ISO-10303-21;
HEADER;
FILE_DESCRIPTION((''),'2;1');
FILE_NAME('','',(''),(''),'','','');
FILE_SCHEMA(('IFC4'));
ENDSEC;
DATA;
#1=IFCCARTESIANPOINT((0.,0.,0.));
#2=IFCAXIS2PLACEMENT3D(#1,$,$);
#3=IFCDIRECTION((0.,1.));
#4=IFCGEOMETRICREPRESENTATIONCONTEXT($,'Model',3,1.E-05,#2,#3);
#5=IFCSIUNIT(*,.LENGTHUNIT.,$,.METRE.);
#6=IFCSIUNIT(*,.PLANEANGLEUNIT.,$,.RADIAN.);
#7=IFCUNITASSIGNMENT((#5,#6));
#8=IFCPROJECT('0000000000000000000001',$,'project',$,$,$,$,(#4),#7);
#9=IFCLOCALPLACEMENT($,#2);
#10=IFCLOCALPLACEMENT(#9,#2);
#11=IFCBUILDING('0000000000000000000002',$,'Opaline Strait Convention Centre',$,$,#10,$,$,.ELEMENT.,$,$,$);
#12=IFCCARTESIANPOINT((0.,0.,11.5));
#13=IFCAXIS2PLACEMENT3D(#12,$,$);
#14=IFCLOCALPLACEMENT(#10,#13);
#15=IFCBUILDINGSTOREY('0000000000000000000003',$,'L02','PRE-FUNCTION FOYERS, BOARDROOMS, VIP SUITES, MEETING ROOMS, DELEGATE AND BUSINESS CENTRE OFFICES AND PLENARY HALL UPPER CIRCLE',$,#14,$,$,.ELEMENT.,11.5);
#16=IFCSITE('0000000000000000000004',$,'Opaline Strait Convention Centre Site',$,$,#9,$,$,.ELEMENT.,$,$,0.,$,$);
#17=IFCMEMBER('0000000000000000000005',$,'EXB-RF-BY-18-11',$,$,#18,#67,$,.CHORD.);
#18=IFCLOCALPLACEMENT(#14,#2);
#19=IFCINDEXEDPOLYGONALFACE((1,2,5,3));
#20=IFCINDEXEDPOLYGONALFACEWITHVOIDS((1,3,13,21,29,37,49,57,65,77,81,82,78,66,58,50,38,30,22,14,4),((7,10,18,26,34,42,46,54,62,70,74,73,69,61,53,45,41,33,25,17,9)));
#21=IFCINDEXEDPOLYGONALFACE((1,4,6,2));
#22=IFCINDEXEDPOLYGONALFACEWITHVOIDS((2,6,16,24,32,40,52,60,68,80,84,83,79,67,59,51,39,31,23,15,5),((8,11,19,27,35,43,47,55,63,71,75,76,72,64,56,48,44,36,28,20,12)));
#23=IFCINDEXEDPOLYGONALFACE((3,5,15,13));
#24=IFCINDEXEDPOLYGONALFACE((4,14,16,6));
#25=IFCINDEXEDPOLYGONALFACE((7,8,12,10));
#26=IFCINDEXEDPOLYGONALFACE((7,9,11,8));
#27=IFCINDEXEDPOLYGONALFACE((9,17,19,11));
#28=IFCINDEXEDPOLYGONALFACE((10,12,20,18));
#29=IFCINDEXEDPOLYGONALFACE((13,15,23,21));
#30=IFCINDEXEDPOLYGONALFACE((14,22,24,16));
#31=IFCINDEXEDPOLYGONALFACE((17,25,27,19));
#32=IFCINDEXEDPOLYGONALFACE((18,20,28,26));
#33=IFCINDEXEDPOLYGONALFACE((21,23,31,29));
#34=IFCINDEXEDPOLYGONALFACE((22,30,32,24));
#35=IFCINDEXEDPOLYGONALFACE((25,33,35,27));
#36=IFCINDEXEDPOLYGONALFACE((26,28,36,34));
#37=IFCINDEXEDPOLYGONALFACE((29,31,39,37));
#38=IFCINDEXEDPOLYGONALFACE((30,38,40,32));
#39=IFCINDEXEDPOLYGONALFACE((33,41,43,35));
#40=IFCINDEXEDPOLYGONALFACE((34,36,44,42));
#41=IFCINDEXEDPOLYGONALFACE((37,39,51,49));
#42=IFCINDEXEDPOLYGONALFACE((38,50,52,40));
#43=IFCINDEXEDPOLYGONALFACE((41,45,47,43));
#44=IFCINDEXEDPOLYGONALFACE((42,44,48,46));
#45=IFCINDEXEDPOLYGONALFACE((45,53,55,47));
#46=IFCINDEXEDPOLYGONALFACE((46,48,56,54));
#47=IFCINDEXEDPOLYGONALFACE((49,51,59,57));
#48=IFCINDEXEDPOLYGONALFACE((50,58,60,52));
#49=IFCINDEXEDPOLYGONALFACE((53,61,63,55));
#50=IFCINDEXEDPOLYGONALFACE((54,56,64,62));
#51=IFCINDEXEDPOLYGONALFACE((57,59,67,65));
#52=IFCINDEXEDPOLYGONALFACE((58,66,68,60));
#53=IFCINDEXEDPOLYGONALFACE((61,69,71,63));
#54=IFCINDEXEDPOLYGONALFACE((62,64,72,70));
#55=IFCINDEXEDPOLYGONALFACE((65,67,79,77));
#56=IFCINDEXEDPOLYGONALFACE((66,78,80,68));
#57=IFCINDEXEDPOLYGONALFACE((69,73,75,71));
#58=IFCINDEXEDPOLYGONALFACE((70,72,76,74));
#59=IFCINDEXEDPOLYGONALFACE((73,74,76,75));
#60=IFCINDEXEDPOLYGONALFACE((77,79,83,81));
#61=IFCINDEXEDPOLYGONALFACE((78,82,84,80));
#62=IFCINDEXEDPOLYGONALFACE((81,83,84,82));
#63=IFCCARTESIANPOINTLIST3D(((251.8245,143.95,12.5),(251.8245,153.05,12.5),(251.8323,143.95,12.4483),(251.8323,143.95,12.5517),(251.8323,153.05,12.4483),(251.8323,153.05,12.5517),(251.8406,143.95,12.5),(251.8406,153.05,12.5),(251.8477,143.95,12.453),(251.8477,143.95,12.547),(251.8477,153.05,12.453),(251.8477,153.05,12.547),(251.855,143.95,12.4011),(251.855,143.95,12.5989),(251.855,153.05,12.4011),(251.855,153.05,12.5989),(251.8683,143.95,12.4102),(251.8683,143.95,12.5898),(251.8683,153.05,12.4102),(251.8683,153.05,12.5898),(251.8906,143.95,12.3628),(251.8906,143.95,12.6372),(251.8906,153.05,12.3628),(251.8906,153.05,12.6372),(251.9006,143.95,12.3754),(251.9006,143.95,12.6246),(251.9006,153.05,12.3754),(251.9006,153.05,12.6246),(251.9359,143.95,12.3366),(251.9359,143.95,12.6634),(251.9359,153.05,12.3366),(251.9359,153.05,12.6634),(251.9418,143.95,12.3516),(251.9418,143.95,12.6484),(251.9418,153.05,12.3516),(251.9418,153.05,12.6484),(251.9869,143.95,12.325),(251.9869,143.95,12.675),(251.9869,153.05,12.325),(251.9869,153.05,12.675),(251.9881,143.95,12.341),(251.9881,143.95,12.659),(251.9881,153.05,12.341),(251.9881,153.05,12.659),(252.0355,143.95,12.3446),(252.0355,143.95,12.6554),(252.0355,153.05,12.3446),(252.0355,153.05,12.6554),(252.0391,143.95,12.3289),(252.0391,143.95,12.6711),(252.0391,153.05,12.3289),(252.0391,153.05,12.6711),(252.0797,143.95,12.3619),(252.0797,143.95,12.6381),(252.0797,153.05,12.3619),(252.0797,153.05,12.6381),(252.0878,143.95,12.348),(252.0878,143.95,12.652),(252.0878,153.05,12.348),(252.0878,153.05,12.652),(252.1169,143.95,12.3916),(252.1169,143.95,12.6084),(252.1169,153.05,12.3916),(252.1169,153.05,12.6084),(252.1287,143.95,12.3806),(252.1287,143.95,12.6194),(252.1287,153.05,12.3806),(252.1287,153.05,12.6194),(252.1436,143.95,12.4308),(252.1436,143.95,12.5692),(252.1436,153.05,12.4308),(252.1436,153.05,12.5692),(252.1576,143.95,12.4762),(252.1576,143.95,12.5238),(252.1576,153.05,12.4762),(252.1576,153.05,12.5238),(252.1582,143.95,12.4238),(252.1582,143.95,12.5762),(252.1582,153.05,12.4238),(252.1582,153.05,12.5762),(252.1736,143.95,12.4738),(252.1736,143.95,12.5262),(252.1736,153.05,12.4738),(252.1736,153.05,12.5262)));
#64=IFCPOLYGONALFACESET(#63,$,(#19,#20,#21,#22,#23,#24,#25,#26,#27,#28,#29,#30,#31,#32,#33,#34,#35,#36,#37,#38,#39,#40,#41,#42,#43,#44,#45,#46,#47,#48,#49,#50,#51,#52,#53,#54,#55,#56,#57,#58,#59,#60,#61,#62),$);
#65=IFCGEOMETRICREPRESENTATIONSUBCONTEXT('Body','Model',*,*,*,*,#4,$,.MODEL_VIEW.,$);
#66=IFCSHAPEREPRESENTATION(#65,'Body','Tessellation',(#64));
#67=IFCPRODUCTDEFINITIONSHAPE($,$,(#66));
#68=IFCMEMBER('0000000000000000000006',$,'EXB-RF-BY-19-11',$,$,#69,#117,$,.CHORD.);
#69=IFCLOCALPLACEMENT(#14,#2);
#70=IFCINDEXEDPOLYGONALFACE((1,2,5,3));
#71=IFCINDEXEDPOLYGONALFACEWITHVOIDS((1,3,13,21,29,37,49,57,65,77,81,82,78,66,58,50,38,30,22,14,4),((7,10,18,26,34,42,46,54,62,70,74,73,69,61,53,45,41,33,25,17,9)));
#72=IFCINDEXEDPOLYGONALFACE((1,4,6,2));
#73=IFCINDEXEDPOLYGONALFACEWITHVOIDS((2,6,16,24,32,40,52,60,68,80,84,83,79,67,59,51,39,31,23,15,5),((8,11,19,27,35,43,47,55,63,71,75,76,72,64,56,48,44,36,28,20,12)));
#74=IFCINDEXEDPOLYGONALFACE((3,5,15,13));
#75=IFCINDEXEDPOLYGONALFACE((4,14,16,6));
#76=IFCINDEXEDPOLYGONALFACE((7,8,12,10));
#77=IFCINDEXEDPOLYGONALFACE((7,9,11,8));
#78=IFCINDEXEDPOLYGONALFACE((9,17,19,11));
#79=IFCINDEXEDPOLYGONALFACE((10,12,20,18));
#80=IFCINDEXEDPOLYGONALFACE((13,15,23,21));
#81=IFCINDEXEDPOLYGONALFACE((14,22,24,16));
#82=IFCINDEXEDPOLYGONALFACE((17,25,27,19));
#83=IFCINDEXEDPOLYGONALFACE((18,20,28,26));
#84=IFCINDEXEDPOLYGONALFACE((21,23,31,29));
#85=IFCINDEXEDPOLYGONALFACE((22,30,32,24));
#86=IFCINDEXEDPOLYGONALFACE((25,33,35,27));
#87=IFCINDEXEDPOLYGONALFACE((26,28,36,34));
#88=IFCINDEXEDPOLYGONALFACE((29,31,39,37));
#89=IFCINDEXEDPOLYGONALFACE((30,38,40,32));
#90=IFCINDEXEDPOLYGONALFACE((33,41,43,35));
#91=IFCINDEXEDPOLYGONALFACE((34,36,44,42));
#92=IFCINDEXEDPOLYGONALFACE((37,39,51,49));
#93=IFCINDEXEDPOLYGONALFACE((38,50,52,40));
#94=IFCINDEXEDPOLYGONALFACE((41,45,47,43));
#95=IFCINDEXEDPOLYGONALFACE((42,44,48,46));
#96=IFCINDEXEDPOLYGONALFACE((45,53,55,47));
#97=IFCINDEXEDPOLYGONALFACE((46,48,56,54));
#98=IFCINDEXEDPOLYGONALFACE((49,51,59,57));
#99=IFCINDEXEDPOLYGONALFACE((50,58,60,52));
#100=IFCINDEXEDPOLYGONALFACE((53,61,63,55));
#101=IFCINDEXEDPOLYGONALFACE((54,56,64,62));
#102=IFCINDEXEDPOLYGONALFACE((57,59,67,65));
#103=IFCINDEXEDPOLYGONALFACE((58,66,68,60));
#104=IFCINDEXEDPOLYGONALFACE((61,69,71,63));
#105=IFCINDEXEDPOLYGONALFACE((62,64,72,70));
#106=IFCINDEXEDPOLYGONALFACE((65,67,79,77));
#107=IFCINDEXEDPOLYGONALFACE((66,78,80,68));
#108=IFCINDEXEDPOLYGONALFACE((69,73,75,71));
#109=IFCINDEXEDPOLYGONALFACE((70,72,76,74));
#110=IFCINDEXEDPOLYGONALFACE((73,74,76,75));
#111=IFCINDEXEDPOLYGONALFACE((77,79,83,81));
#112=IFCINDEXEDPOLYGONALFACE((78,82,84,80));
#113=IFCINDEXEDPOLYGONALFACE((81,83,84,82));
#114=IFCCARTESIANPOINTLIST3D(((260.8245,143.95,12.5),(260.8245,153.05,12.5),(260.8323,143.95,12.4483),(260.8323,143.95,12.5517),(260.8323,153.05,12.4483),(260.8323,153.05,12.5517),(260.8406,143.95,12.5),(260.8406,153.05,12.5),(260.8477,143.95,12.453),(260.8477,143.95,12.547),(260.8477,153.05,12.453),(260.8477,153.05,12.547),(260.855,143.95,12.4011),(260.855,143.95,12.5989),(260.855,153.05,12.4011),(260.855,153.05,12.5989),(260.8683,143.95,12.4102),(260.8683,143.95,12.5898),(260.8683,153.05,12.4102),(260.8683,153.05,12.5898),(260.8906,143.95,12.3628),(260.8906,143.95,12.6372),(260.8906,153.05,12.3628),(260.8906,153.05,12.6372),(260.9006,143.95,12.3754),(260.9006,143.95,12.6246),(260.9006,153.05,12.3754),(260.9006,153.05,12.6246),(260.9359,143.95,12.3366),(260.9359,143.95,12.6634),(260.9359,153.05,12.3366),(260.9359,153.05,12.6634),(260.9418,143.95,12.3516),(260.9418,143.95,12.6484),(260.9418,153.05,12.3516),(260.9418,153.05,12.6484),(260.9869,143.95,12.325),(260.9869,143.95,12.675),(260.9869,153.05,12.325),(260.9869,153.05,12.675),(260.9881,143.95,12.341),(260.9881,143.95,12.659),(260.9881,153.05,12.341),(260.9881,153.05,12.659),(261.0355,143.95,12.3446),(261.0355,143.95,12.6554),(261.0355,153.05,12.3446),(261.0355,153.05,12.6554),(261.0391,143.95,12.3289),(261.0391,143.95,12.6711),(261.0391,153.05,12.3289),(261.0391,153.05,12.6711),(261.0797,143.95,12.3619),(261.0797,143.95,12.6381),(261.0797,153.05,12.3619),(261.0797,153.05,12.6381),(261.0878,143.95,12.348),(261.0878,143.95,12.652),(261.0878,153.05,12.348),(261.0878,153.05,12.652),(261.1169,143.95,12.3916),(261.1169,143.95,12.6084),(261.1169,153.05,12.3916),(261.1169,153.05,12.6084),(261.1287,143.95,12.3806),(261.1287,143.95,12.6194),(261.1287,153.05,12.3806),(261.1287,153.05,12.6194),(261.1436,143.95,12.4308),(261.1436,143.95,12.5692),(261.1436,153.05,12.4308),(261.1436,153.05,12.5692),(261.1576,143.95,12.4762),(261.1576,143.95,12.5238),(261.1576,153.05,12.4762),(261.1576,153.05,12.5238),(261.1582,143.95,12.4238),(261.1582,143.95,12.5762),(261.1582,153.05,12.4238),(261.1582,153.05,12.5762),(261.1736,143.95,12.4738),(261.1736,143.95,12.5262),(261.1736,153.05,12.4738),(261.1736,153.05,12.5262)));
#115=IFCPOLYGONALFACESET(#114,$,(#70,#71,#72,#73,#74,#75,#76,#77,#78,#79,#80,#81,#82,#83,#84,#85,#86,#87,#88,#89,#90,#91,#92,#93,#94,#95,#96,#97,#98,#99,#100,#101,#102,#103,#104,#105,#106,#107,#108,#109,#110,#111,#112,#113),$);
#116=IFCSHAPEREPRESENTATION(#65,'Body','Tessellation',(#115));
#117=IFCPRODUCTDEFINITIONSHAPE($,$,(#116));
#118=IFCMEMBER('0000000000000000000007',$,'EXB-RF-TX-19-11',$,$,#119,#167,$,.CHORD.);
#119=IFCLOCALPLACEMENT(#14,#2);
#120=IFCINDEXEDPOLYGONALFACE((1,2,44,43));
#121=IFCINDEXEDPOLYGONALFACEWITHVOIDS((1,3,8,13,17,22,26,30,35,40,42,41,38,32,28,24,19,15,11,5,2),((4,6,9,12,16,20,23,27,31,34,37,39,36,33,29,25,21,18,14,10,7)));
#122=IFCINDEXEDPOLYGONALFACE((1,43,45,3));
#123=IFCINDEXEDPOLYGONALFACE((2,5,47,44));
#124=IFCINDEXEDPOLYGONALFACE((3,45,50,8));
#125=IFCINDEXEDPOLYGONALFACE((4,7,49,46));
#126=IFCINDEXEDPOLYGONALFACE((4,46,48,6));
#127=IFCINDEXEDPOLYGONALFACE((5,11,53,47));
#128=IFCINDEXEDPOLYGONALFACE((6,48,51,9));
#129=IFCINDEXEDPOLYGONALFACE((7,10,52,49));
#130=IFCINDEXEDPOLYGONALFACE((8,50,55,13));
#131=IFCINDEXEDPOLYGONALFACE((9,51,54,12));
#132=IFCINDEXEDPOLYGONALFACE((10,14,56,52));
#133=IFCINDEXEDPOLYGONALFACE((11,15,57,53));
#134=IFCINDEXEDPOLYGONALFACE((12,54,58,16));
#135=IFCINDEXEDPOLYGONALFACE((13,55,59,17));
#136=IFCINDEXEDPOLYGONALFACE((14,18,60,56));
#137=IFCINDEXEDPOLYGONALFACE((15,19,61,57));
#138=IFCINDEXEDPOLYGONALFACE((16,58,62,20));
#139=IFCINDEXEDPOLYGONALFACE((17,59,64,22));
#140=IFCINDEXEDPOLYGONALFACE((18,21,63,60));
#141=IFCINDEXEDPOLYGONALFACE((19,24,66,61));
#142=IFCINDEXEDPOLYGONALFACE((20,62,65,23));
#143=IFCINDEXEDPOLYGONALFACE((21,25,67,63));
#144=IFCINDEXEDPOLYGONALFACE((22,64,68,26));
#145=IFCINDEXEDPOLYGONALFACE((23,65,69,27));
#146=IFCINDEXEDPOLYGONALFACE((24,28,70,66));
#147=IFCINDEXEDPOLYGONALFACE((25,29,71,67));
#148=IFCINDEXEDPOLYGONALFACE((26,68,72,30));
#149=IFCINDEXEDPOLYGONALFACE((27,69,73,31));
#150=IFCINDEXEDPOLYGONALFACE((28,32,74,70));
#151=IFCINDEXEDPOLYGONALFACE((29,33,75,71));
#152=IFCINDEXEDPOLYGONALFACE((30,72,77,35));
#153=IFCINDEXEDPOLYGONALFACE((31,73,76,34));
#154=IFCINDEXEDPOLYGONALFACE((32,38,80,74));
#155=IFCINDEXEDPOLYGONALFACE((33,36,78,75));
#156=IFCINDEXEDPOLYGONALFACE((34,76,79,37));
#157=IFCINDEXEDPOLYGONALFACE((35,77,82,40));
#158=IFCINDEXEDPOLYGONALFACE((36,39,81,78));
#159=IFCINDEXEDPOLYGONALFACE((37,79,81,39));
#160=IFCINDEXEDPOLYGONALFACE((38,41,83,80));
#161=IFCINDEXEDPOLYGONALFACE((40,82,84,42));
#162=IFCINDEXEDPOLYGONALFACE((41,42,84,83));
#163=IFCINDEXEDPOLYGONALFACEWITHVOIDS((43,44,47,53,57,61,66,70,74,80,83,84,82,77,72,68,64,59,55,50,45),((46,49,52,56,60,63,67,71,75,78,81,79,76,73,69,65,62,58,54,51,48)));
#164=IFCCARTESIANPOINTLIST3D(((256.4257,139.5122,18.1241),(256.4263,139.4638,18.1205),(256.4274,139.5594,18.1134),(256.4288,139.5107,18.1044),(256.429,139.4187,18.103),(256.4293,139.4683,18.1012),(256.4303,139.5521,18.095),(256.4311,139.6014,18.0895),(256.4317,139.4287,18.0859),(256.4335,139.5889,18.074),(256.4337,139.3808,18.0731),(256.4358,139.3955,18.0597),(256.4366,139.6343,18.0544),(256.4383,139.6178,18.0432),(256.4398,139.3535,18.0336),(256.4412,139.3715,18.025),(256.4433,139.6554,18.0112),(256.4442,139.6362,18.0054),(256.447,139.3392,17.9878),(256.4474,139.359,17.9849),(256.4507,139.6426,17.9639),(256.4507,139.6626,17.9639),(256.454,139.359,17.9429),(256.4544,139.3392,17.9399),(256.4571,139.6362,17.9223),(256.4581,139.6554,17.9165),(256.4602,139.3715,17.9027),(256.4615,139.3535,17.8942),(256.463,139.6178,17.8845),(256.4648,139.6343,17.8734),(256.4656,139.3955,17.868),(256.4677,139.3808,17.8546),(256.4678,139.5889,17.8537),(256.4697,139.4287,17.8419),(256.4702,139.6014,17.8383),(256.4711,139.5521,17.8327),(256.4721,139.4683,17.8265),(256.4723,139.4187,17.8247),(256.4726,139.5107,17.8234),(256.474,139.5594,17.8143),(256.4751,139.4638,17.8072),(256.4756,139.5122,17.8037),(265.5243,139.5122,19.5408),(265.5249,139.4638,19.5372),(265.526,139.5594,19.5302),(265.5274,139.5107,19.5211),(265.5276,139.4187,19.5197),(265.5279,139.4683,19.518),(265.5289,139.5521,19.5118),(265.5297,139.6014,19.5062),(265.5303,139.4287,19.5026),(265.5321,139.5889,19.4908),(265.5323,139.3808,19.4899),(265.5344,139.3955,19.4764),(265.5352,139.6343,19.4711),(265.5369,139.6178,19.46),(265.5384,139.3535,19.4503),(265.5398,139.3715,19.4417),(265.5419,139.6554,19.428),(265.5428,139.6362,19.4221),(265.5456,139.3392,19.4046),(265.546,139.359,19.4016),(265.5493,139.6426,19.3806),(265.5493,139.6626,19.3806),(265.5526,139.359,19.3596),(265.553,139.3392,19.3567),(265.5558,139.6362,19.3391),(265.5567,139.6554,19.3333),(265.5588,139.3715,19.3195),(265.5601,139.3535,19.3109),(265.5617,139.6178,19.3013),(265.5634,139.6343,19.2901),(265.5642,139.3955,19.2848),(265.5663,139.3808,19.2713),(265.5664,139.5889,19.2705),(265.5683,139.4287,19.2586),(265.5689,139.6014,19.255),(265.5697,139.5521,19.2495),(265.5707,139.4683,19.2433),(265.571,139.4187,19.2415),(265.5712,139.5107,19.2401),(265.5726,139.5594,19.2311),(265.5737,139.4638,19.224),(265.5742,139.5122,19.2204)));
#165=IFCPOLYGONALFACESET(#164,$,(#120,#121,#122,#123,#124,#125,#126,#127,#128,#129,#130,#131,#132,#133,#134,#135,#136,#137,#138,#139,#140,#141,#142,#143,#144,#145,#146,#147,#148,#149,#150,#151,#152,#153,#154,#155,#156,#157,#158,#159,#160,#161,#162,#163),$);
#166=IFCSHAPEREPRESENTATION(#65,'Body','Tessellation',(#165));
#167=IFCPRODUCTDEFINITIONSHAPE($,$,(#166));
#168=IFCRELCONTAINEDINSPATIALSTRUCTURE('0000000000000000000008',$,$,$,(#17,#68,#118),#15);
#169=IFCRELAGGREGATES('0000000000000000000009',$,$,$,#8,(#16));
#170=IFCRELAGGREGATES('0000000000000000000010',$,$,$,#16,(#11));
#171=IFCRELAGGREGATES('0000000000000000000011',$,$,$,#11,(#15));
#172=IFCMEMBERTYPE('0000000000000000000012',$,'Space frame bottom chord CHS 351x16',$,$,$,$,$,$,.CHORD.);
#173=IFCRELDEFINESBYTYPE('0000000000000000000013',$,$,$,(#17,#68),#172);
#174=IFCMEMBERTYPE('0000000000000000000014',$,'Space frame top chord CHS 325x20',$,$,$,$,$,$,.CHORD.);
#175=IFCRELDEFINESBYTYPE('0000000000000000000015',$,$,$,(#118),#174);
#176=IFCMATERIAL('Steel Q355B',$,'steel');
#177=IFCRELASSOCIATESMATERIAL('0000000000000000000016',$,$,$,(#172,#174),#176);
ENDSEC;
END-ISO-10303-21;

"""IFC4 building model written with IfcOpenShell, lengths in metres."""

from ifc_helpers import new_model, si_unit, direction, frame, origin, origin_2d, place, context, subcontext, project, spatial, hollow_circle, extrude, material, material_profile, profile_set, type_object, element, save


model = new_model("IFC4")

# Units and contexts
model_context = context("Model", 3, precision=1e-05, world=origin(), true_north=direction((0.0, 1.0)))
body_context = subcontext(model_context, "Body", "Model", "MODEL_VIEW")
ifc_project = project(units=[si_unit("LENGTHUNIT", "METRE"), si_unit("PLANEANGLEUNIT", "RADIAN")], contexts=[model_context])

# Site, building, storey
site_placement = place(None, origin())
site = spatial("IfcSite", under=ifc_project, at=site_placement, Name="Opaline Strait Convention Centre Site", CompositionType="ELEMENT", RefElevation=0.0)
building_placement = place(site_placement, origin())
building = spatial("IfcBuilding", under=site, at=building_placement, Name="Opaline Strait Convention Centre", CompositionType="ELEMENT")
storey_placement = place(building_placement, frame((0.0, 0.0, 11.5)))
storey = spatial("IfcBuildingStorey", under=building, at=storey_placement, Name="L02", Description="PRE-FUNCTION FOYERS, BOARDROOMS, VIP SUITES, MEETING ROOMS, DELEGATE AND BUSINESS CENTRE OFFICES AND PLENARY HALL UPPER CIRCLE", CompositionType="ELEMENT", Elevation=11.5)

# Shared definitions
ifc_material_1 = material(Name="Steel Q355B", Category="steel")

# Members
ifc_material_profile_1 = material_profile(ifc_material_1, hollow_circle(Radius=0.1755, WallThickness=0.0161, at=origin_2d()), Name="CHS 351x16")
ifc_profile_set_1 = profile_set([ifc_material_profile_1], Name="Steel Q355B")
member_type_1 = type_object("IfcMemberType", Name="Space frame bottom chord CHS 351x16", PredefinedType="CHORD", material=ifc_profile_set_1)
for number, where, z_axis, x_axis, name in (
    (1, (252.0, 143.95, 12.5), (0.0, 1.0, 0.0), (-1.0, 0.0, 0.0), "EXB-RF-BY-18-11"),
    (2, (261.0, 143.95, 12.5), (0.0, 1.0, 0.0), (-1.0, 0.0, 0.0), "EXB-RF-BY-19-11"),
):
    element("IfcMember", number, at=place(storey_placement, frame(where, z_axis=z_axis, x_axis=x_axis)), inside=storey, type_object=member_type_1, Name=name, PredefinedType="CHORD", context=body_context, shape_type="SweptSolid", body=[
        extrude(hollow_circle(Radius=0.1755, WallThickness=0.0161, at=origin_2d()), origin(), (0.0, 0.0, 1.0), 9.1001),
    ])
ifc_material_profile_2 = material_profile(ifc_material_1, hollow_circle(Radius=0.1626, WallThickness=0.02, at=origin_2d()), Name="CHS 325x20")
ifc_profile_set_2 = profile_set([ifc_material_profile_2], Name="Steel Q355B")
member_type_2 = type_object("IfcMemberType", Name="Space frame top chord CHS 325x20", PredefinedType="CHORD", material=ifc_profile_set_2)
member_1_placement = place(storey_placement, frame((256.4507, 139.5, 17.9639), z_axis=(0.988093, 0.0, 0.153856), x_axis=(0.0, 1.0, 0.0)))
element("IfcMember", 3, at=member_1_placement, inside=storey, type_object=member_type_2, Name="EXB-RF-TX-19-11", PredefinedType="CHORD", context=body_context, shape_type="SweptSolid", body=[
    extrude(hollow_circle(Radius=0.1626, WallThickness=0.02, at=origin_2d()), origin(), (0.0, 0.0, 1.0), 9.2083),
])

save(model, "model.ifc")
